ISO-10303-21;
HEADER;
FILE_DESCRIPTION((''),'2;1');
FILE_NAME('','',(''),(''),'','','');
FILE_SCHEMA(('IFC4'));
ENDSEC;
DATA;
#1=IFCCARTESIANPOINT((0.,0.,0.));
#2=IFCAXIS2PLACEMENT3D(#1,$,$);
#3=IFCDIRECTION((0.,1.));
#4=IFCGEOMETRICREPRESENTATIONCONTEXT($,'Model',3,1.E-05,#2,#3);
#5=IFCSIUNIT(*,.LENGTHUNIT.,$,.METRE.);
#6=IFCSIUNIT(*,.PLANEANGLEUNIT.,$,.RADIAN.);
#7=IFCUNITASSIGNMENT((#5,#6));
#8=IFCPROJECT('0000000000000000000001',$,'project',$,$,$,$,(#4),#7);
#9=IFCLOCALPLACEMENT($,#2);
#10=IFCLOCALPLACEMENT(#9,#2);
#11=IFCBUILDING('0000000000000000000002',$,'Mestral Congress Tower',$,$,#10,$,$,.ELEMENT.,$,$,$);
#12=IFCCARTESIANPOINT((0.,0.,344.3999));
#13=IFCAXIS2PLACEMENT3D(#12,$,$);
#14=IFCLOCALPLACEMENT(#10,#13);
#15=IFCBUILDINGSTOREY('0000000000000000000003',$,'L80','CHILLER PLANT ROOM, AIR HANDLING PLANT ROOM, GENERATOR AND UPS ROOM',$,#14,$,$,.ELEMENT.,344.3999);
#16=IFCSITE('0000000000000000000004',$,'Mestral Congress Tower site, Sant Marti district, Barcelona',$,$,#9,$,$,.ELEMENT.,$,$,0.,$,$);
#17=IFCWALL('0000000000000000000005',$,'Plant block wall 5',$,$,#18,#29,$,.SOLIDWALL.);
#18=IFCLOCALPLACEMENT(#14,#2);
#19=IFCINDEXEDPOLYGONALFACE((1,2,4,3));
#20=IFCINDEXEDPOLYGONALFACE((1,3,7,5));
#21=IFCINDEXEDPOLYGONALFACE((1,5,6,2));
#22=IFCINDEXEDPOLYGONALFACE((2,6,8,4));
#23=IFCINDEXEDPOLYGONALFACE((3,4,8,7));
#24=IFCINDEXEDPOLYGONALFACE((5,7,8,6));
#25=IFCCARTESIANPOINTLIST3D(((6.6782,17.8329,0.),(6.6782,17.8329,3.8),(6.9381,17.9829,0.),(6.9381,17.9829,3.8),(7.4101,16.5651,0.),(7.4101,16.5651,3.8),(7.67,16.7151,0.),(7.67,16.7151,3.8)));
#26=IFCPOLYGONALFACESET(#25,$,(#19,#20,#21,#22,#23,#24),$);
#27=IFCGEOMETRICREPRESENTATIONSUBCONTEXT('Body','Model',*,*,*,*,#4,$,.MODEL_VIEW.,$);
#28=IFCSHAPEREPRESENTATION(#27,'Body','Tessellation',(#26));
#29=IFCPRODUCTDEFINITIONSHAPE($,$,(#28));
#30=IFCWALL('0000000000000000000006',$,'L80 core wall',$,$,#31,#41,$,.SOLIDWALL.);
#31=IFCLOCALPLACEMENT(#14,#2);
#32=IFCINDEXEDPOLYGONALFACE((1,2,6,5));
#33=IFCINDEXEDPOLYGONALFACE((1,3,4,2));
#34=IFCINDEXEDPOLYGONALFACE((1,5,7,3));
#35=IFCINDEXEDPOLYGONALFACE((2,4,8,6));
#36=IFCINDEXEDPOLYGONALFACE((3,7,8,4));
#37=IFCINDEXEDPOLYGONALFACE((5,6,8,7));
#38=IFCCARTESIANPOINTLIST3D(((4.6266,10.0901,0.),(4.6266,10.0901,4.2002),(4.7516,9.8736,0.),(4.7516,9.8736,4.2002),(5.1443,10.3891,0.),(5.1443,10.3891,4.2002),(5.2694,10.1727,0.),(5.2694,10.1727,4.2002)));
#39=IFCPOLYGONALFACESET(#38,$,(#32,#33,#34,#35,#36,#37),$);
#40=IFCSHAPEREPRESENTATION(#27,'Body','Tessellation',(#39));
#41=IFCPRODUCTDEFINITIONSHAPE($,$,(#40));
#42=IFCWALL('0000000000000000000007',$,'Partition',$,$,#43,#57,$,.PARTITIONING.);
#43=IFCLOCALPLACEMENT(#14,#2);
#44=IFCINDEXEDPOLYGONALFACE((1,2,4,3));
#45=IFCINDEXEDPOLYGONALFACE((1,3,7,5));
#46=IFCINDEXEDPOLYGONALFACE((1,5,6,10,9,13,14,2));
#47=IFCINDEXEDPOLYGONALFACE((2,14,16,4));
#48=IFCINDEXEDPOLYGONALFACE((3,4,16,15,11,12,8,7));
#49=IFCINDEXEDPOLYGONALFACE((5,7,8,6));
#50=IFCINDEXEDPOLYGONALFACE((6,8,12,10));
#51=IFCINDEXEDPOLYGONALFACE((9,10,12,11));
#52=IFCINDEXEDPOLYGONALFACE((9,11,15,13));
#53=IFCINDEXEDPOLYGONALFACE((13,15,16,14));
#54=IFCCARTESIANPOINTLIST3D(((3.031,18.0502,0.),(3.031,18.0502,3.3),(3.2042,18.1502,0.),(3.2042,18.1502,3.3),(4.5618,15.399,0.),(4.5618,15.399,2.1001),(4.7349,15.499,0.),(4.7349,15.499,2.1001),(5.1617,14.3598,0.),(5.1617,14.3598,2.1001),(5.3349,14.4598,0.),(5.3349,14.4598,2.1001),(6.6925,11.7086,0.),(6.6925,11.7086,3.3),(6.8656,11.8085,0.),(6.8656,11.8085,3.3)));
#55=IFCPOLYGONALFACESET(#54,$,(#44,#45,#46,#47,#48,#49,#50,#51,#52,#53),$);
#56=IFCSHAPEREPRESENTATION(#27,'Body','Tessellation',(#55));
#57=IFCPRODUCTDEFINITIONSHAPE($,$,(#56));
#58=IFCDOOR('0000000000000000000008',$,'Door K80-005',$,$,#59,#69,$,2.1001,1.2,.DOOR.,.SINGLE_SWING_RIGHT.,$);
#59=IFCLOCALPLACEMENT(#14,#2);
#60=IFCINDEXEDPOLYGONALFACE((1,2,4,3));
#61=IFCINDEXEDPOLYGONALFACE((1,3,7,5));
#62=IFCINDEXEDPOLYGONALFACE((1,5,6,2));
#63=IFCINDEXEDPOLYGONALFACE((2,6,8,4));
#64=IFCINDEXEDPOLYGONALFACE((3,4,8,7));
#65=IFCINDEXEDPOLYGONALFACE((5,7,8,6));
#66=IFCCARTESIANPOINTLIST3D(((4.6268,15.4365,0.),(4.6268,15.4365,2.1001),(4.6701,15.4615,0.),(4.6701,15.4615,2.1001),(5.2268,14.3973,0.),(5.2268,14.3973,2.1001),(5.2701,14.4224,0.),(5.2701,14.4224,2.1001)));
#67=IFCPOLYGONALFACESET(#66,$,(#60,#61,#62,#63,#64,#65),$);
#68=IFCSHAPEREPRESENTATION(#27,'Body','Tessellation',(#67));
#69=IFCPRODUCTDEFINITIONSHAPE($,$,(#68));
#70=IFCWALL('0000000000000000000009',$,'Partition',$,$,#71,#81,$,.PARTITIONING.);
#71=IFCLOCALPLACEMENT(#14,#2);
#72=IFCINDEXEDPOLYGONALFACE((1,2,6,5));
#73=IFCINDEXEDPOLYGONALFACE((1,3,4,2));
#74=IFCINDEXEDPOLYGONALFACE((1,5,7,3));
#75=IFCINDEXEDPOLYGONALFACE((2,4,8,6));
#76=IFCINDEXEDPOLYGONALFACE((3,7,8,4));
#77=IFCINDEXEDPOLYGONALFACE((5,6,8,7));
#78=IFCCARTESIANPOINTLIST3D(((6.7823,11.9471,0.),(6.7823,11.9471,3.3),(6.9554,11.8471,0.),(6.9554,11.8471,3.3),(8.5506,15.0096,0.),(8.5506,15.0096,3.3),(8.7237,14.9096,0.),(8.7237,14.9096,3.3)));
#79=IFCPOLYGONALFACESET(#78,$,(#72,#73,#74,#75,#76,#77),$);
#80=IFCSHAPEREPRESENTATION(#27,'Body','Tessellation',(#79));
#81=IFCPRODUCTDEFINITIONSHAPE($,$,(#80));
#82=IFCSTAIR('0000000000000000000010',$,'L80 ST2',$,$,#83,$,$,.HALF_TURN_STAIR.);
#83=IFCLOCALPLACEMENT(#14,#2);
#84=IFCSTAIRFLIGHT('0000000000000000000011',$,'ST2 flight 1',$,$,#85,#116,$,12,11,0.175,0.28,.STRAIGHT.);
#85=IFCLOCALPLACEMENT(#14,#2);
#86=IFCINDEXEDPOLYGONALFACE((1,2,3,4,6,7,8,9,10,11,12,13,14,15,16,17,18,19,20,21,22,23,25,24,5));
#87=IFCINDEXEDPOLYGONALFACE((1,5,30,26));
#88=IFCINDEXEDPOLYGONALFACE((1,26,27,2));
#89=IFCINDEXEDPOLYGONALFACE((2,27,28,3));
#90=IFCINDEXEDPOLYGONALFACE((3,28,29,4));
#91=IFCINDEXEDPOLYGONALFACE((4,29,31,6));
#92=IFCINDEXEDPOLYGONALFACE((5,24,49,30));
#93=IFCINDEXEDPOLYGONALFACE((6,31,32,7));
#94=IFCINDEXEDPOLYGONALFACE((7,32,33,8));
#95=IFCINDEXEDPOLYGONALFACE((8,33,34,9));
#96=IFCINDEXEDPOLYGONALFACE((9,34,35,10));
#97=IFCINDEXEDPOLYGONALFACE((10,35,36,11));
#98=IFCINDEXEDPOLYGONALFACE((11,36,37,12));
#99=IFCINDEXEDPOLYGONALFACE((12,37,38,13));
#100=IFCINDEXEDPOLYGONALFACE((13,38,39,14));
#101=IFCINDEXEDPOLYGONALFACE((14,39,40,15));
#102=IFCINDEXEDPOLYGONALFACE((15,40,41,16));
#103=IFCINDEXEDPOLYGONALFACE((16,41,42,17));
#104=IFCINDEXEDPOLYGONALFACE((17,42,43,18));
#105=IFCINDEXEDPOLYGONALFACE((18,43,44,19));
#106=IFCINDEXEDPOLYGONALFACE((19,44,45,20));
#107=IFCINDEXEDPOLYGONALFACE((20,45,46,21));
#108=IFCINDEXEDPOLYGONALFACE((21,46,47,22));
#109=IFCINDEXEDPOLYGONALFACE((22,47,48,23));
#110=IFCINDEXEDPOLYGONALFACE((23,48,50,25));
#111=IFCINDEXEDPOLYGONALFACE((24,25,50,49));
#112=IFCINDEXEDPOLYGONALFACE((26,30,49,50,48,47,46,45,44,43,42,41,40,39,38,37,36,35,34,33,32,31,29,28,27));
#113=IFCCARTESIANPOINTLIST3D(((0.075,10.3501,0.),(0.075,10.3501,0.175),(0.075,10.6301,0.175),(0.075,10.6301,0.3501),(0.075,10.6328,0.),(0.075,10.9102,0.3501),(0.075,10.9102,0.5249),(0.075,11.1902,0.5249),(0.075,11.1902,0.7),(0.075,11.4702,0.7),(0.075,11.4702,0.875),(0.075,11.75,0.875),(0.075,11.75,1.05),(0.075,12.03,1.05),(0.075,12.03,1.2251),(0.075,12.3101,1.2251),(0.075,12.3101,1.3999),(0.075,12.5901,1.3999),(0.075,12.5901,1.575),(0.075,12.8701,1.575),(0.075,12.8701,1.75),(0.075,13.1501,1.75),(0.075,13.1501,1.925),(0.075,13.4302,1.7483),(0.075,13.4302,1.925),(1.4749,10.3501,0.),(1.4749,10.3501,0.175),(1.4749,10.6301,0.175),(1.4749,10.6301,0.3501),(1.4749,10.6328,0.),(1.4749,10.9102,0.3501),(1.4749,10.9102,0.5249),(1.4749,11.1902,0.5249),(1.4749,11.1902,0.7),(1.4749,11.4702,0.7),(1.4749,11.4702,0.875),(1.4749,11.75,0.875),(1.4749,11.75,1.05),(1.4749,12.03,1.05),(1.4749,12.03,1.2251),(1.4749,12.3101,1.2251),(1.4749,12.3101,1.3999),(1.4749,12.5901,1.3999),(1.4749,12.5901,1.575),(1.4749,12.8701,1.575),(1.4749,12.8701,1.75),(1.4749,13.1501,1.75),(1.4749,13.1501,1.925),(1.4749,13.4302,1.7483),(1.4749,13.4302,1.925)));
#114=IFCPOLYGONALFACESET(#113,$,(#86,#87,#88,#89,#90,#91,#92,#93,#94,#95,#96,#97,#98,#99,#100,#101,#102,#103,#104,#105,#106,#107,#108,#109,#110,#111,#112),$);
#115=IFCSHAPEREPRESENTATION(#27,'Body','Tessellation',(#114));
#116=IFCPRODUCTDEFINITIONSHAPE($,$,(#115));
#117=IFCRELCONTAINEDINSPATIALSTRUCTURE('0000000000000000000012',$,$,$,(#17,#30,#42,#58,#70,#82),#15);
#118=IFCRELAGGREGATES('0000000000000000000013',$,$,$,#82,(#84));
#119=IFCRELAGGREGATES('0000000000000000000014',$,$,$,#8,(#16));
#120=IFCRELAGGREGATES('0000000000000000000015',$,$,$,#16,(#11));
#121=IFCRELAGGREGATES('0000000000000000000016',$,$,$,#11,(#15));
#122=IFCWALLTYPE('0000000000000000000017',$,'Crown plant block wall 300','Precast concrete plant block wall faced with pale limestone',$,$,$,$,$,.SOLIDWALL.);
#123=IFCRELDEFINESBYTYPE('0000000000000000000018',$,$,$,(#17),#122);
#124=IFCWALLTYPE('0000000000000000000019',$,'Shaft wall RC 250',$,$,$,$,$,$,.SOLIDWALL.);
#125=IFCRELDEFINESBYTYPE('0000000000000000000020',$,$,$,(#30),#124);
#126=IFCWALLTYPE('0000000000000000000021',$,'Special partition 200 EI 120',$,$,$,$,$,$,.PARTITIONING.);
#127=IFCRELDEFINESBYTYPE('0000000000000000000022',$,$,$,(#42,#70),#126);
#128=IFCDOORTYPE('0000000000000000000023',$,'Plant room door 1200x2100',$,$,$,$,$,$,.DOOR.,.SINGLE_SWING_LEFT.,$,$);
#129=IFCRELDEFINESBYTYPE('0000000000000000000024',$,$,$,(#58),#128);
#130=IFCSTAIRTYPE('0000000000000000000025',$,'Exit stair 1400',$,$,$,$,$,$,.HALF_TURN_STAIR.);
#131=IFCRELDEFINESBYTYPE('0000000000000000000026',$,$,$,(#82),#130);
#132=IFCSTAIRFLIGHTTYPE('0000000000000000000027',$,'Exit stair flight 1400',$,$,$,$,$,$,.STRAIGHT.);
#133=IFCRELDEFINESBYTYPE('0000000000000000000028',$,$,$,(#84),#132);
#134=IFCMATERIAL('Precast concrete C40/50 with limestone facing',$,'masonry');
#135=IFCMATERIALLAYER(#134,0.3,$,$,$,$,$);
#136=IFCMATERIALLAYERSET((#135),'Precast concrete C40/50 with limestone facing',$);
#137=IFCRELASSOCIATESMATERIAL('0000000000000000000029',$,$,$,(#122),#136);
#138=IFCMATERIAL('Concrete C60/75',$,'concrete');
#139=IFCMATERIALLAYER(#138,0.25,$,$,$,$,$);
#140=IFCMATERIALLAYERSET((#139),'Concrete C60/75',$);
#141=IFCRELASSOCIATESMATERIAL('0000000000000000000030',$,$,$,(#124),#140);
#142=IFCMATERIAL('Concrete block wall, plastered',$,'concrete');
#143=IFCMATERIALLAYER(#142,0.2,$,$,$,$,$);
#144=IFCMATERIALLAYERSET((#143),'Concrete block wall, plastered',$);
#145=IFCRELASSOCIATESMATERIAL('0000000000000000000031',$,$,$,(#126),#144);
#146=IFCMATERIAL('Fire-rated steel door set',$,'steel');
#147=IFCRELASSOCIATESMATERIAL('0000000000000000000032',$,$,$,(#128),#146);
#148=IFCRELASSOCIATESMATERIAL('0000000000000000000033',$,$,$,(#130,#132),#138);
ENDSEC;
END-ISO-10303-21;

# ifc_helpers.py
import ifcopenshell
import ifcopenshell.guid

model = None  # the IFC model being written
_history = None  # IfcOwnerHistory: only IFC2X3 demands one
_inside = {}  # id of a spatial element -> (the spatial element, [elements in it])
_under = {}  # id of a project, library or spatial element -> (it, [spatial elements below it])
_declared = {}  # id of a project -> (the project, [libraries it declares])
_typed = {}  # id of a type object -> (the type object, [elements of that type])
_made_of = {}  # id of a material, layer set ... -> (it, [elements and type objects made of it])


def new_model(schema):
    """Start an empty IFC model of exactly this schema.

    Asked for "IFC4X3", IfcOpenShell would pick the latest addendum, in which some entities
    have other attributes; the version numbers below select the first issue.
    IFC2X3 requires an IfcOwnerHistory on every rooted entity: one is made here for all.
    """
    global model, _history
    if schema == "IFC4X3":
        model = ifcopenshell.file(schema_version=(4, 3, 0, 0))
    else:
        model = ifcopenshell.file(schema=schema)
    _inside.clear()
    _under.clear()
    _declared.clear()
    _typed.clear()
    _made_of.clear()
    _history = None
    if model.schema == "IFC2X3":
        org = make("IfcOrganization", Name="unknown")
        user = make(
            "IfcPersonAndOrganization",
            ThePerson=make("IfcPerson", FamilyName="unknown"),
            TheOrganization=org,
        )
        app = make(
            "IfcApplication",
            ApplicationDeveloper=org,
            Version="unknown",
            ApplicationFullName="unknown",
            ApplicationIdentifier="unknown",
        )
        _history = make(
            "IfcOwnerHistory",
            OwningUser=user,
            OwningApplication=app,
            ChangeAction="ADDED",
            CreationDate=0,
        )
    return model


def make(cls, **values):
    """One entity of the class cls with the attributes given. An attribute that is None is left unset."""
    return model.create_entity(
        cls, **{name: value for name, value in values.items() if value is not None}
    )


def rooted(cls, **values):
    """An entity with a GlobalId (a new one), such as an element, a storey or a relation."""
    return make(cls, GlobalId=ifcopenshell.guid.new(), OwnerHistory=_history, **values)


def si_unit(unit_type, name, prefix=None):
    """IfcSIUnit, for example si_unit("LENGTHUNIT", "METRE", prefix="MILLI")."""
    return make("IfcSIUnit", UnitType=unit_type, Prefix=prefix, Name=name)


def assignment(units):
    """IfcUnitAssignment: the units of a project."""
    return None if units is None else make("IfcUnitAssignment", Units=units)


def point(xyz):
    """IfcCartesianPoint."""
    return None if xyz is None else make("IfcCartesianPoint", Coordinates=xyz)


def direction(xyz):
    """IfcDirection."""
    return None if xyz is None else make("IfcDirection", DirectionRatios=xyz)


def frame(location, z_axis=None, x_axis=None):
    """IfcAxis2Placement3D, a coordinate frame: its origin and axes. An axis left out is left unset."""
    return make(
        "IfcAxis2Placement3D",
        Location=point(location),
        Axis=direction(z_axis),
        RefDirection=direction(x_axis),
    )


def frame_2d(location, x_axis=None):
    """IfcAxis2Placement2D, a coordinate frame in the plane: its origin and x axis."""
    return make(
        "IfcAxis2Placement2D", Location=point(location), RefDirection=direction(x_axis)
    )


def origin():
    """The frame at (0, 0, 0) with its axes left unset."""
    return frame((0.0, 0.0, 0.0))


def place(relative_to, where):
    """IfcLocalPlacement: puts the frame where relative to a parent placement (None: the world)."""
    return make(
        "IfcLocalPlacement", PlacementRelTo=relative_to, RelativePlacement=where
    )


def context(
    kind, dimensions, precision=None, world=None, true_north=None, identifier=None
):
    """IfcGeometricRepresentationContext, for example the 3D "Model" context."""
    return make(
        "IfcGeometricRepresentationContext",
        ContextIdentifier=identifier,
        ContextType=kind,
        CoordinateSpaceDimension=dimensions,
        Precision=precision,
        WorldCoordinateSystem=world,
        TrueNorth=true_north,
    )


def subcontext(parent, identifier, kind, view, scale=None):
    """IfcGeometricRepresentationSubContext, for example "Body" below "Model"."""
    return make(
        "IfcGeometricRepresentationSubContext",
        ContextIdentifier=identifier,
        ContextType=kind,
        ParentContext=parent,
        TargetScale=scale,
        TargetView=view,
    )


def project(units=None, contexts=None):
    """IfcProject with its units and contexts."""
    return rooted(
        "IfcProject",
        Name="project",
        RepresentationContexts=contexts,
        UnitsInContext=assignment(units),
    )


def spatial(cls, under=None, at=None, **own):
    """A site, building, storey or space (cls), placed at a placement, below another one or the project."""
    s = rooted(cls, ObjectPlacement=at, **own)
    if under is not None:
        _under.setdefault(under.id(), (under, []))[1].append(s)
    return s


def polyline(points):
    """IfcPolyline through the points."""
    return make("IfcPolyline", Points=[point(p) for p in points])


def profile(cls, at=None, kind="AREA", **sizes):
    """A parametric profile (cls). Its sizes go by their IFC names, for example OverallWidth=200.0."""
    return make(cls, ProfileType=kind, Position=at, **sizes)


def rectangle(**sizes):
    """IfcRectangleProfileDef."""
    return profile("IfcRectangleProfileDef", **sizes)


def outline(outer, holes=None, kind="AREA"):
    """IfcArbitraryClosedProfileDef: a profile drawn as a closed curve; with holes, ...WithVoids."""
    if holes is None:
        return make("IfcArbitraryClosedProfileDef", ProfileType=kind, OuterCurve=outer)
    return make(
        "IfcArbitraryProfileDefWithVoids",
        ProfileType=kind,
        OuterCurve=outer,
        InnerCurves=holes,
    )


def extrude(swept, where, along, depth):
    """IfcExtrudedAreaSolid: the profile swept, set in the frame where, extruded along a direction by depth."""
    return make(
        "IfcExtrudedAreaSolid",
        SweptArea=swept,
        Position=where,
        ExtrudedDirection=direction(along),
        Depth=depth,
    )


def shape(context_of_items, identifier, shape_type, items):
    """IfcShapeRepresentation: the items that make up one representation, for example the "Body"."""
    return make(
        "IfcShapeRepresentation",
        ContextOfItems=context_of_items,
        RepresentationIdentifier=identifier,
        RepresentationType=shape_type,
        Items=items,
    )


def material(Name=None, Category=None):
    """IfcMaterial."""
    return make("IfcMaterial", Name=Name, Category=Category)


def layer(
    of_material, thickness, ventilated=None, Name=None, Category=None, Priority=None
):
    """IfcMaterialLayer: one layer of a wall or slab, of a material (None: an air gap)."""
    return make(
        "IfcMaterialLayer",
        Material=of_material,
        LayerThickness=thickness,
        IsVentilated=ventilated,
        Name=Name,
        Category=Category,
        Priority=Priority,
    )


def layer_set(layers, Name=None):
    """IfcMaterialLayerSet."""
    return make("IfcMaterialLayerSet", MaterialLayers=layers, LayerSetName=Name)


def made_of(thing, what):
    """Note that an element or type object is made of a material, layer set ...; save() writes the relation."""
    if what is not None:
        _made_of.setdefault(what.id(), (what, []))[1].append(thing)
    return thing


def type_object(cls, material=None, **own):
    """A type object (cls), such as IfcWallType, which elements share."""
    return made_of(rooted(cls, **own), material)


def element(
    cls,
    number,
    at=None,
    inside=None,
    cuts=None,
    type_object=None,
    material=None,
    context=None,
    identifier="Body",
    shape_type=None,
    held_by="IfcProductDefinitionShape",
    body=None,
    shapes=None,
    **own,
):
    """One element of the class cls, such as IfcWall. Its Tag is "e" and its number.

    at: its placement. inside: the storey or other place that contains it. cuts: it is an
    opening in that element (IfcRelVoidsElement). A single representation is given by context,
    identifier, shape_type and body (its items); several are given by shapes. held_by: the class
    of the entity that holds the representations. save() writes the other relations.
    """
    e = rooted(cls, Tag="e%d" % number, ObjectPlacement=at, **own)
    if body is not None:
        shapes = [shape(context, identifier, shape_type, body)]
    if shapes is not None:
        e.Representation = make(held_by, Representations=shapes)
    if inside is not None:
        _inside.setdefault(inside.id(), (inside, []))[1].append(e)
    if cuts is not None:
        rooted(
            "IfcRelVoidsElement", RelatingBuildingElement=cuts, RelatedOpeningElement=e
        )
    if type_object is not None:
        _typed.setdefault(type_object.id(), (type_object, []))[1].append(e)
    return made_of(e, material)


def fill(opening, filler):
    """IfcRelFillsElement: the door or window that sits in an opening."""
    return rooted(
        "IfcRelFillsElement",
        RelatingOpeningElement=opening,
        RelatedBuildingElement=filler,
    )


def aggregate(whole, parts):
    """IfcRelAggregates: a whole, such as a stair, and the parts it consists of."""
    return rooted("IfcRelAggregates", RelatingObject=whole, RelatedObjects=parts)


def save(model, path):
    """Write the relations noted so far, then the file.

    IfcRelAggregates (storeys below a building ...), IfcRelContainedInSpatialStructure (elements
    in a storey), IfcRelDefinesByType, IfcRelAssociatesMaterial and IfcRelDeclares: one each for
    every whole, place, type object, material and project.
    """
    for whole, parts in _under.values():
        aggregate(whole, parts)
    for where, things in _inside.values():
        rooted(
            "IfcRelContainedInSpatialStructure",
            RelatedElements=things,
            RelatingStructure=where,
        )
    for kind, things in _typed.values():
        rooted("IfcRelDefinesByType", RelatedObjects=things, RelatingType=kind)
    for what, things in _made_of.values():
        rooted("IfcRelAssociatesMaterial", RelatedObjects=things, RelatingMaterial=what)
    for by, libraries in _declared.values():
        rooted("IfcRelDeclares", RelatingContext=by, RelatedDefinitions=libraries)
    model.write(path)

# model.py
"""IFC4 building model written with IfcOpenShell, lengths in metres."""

from ifc_helpers import new_model, si_unit, direction, frame, frame_2d, origin, place, context, subcontext, project, spatial, polyline, rectangle, outline, extrude, material, layer, layer_set, type_object, element, fill, aggregate, save


model = new_model("IFC4")

# Units and contexts
model_context = context("Model", 3, precision=1e-05, world=origin(), true_north=direction((0.0, 1.0)))
body_context = subcontext(model_context, "Body", "Model", "MODEL_VIEW")
ifc_project = project(units=[si_unit("LENGTHUNIT", "METRE"), si_unit("PLANEANGLEUNIT", "RADIAN")], contexts=[model_context])

# Site, building, storey
site_placement = place(None, origin())
site = spatial("IfcSite", under=ifc_project, at=site_placement, Name="Mestral Congress Tower site, Sant Marti district, Barcelona", CompositionType="ELEMENT", RefElevation=0.0)
building_placement = place(site_placement, origin())
building = spatial("IfcBuilding", under=site, at=building_placement, Name="Mestral Congress Tower", CompositionType="ELEMENT")
storey_placement = place(building_placement, frame((0.0, 0.0, 344.3999)))
storey = spatial("IfcBuildingStorey", under=building, at=storey_placement, Name="L80", Description="CHILLER PLANT ROOM, AIR HANDLING PLANT ROOM, GENERATOR AND UPS ROOM", CompositionType="ELEMENT", Elevation=344.3999)

# Shared definitions
placement = place(storey_placement, origin())

# Walls
ifc_material_1 = material(Name="Concrete C60/75", Category="concrete")
ifc_material_2 = material(Name="Precast concrete C40/50 with limestone facing", Category="masonry")
ifc_layer_1 = layer(ifc_material_2, 0.3)
ifc_layer_set_1 = layer_set([ifc_layer_1], Name="Precast concrete C40/50 with limestone facing")
wall_type_1 = type_object("IfcWallType", Name="Crown plant block wall 300", Description="Precast concrete plant block wall faced with pale limestone", PredefinedType="SOLIDWALL", material=ifc_layer_set_1)
wall_1_placement = place(storey_placement, frame((7.54, 16.6401, 0.0), z_axis=(0.0, 0.0, 1.0), x_axis=(-0.499977, 0.866038, 0.0)))
element("IfcWall", 1, at=wall_1_placement, inside=storey, type_object=wall_type_1, Name="Plant block wall 5", PredefinedType="SOLIDWALL", context=body_context, shape_type="SweptSolid", body=[
    extrude(rectangle(XDim=1.4639, YDim=0.3, at=frame_2d((0.7319, 0.0))), origin(), (0.0, 0.0, 1.0), 3.8),
])
ifc_layer_2 = layer(ifc_material_1, 0.25)
ifc_layer_set_2 = layer_set([ifc_layer_2], Name="Concrete C60/75")
wall_type_2 = type_object("IfcWallType", Name="Shaft wall RC 250", PredefinedType="SOLIDWALL", material=ifc_layer_set_2)
wall_2_placement = place(storey_placement, frame((4.6892, 9.9819, 0.0), z_axis=(0.0, 0.0, 1.0), x_axis=(0.865948, 0.500135, 0.0)))
element("IfcWall", 2, at=wall_2_placement, inside=storey, type_object=wall_type_2, Name="L80 core wall", PredefinedType="SOLIDWALL", context=body_context, shape_type="SweptSolid", body=[
    extrude(rectangle(XDim=0.5979, YDim=0.25, at=frame_2d((0.2988, 0.0))), origin(), (0.0, 0.0, 1.0), 4.2002),
])

# Wall, opening, door
ifc_material_3 = material(Name="Concrete block wall, plastered", Category="concrete")
ifc_layer_3 = layer(ifc_material_3, 0.2)
ifc_layer_set_3 = layer_set([ifc_layer_3], Name="Concrete block wall, plastered")
wall_type_3 = type_object("IfcWallType", Name="Special partition 200 EI 120", PredefinedType="PARTITIONING", material=ifc_layer_set_3)
wall_3_placement = place(storey_placement, frame((6.7791, 11.7585, 0.0), z_axis=(0.0, 0.0, 1.0), x_axis=(-0.500008, 0.866021, 0.0)))
wall_3 = element("IfcWall", 3, at=wall_3_placement, inside=storey, type_object=wall_type_3, Name="Partition", PredefinedType="PARTITIONING", context=body_context, shape_type="SweptSolid", body=[
    extrude(rectangle(XDim=7.3228, YDim=0.2, at=frame_2d((3.6614, 0.0))), origin(), (0.0, 0.0, 1.0), 3.3),
])
opening_placement = place(wall_3_placement, frame((3.0613, 0.0, 0.0)))
opening = element("IfcOpeningElement", 4, at=opening_placement, cuts=wall_3, PredefinedType="OPENING", context=body_context, shape_type="SweptSolid", body=[
    extrude(rectangle(XDim=1.2, YDim=2.1001, at=frame_2d((0.6001, 1.05))), frame((0.0, 0.1099, 0.0), z_axis=(0.0, -1.0, 0.0), x_axis=(1.0, 0.0, 0.0)), (0.0, 0.0, 1.0), 0.22),
])
ifc_material_4 = material(Name="Fire-rated steel door set", Category="steel")
door_type = type_object("IfcDoorType", Name="Plant room door 1200x2100", OperationType="SINGLE_SWING_LEFT", PredefinedType="DOOR", material=ifc_material_4)
door_placement = place(opening_placement, origin())
door = element("IfcDoor", 5, at=door_placement, inside=storey, type_object=door_type, Name="Door K80-005", OperationType="SINGLE_SWING_RIGHT", OverallHeight=2.1001, OverallWidth=1.2, PredefinedType="DOOR", context=body_context, shape_type="SweptSolid", body=[
    extrude(rectangle(XDim=1.2, YDim=2.1001, at=frame_2d((0.6001, 1.05))), frame((0.0, 0.0249, 0.0), z_axis=(0.0, -1.0, 0.0), x_axis=(1.0, 0.0, 0.0)), (0.0, 0.0, 1.0), 0.05),
])
fill(opening, door)

# Wall
wall_4_placement = place(storey_placement, frame((6.8689, 11.8972, 0.0), z_axis=(0.0, 0.0, 1.0), x_axis=(0.500037, 0.866004, 0.0)))
element("IfcWall", 6, at=wall_4_placement, inside=storey, type_object=wall_type_3, Name="Partition", PredefinedType="PARTITIONING", context=body_context, shape_type="SweptSolid", body=[
    extrude(rectangle(XDim=3.5364, YDim=0.2, at=frame_2d((1.7681, 0.0))), origin(), (0.0, 0.0, 1.0), 3.3),
])

# Stair, stair flight
stair_type = type_object("IfcStairType", Name="Exit stair 1400", PredefinedType="HALF_TURN_STAIR", material=ifc_material_1)
stair = element("IfcStair", 7, at=placement, inside=storey, type_object=stair_type, Name="L80 ST2", PredefinedType="HALF_TURN_STAIR")
stair_flight_type = type_object("IfcStairFlightType", Name="Exit stair flight 1400", PredefinedType="STRAIGHT", material=ifc_material_1)
stair_flight_placement = place(storey_placement, frame((0.7749, 10.3501, 0.0), z_axis=(0.0, 0.0, 1.0), x_axis=(0.0, 1.0, 0.0)))
stair_flight = element("IfcStairFlight", 8, at=stair_flight_placement, type_object=stair_flight_type, Name="ST2 flight 1", NumberOfRisers=12, NumberOfTreads=11, PredefinedType="STRAIGHT", RiserHeight=0.175, TreadLength=0.28, context=body_context, shape_type="SweptSolid", body=[
    extrude(outline(polyline([(0.0, 0.0), (0.0, 0.175), (0.28, 0.175), (0.28, 0.3501), (0.5601, 0.3501), (0.5601, 0.5249), (0.8401, 0.5249), (0.8401, 0.7), (1.1201, 0.7), (1.1201, 0.875), (1.3999, 0.875), (1.3999, 1.05), (1.6799, 1.05), (1.6799, 1.2251), (1.96, 1.2251), (1.96, 1.3999), (2.24, 1.3999), (2.24, 1.575), (2.52, 1.575), (2.52, 1.75), (2.8, 1.75), (2.8, 1.925), (3.0801, 1.925), (3.0801, 2.1001), (3.0801, 1.7483), (0.2827, 0.0), (0.0, 0.0)])), frame((0.0, 0.7, 0.0), z_axis=(0.0, -1.0, 0.0), x_axis=(1.0, 0.0, 0.0)), (0.0, 0.0, 1.0), 1.3999),
])
aggregate(stair, [stair_flight])

save(model, "model.ifc")
